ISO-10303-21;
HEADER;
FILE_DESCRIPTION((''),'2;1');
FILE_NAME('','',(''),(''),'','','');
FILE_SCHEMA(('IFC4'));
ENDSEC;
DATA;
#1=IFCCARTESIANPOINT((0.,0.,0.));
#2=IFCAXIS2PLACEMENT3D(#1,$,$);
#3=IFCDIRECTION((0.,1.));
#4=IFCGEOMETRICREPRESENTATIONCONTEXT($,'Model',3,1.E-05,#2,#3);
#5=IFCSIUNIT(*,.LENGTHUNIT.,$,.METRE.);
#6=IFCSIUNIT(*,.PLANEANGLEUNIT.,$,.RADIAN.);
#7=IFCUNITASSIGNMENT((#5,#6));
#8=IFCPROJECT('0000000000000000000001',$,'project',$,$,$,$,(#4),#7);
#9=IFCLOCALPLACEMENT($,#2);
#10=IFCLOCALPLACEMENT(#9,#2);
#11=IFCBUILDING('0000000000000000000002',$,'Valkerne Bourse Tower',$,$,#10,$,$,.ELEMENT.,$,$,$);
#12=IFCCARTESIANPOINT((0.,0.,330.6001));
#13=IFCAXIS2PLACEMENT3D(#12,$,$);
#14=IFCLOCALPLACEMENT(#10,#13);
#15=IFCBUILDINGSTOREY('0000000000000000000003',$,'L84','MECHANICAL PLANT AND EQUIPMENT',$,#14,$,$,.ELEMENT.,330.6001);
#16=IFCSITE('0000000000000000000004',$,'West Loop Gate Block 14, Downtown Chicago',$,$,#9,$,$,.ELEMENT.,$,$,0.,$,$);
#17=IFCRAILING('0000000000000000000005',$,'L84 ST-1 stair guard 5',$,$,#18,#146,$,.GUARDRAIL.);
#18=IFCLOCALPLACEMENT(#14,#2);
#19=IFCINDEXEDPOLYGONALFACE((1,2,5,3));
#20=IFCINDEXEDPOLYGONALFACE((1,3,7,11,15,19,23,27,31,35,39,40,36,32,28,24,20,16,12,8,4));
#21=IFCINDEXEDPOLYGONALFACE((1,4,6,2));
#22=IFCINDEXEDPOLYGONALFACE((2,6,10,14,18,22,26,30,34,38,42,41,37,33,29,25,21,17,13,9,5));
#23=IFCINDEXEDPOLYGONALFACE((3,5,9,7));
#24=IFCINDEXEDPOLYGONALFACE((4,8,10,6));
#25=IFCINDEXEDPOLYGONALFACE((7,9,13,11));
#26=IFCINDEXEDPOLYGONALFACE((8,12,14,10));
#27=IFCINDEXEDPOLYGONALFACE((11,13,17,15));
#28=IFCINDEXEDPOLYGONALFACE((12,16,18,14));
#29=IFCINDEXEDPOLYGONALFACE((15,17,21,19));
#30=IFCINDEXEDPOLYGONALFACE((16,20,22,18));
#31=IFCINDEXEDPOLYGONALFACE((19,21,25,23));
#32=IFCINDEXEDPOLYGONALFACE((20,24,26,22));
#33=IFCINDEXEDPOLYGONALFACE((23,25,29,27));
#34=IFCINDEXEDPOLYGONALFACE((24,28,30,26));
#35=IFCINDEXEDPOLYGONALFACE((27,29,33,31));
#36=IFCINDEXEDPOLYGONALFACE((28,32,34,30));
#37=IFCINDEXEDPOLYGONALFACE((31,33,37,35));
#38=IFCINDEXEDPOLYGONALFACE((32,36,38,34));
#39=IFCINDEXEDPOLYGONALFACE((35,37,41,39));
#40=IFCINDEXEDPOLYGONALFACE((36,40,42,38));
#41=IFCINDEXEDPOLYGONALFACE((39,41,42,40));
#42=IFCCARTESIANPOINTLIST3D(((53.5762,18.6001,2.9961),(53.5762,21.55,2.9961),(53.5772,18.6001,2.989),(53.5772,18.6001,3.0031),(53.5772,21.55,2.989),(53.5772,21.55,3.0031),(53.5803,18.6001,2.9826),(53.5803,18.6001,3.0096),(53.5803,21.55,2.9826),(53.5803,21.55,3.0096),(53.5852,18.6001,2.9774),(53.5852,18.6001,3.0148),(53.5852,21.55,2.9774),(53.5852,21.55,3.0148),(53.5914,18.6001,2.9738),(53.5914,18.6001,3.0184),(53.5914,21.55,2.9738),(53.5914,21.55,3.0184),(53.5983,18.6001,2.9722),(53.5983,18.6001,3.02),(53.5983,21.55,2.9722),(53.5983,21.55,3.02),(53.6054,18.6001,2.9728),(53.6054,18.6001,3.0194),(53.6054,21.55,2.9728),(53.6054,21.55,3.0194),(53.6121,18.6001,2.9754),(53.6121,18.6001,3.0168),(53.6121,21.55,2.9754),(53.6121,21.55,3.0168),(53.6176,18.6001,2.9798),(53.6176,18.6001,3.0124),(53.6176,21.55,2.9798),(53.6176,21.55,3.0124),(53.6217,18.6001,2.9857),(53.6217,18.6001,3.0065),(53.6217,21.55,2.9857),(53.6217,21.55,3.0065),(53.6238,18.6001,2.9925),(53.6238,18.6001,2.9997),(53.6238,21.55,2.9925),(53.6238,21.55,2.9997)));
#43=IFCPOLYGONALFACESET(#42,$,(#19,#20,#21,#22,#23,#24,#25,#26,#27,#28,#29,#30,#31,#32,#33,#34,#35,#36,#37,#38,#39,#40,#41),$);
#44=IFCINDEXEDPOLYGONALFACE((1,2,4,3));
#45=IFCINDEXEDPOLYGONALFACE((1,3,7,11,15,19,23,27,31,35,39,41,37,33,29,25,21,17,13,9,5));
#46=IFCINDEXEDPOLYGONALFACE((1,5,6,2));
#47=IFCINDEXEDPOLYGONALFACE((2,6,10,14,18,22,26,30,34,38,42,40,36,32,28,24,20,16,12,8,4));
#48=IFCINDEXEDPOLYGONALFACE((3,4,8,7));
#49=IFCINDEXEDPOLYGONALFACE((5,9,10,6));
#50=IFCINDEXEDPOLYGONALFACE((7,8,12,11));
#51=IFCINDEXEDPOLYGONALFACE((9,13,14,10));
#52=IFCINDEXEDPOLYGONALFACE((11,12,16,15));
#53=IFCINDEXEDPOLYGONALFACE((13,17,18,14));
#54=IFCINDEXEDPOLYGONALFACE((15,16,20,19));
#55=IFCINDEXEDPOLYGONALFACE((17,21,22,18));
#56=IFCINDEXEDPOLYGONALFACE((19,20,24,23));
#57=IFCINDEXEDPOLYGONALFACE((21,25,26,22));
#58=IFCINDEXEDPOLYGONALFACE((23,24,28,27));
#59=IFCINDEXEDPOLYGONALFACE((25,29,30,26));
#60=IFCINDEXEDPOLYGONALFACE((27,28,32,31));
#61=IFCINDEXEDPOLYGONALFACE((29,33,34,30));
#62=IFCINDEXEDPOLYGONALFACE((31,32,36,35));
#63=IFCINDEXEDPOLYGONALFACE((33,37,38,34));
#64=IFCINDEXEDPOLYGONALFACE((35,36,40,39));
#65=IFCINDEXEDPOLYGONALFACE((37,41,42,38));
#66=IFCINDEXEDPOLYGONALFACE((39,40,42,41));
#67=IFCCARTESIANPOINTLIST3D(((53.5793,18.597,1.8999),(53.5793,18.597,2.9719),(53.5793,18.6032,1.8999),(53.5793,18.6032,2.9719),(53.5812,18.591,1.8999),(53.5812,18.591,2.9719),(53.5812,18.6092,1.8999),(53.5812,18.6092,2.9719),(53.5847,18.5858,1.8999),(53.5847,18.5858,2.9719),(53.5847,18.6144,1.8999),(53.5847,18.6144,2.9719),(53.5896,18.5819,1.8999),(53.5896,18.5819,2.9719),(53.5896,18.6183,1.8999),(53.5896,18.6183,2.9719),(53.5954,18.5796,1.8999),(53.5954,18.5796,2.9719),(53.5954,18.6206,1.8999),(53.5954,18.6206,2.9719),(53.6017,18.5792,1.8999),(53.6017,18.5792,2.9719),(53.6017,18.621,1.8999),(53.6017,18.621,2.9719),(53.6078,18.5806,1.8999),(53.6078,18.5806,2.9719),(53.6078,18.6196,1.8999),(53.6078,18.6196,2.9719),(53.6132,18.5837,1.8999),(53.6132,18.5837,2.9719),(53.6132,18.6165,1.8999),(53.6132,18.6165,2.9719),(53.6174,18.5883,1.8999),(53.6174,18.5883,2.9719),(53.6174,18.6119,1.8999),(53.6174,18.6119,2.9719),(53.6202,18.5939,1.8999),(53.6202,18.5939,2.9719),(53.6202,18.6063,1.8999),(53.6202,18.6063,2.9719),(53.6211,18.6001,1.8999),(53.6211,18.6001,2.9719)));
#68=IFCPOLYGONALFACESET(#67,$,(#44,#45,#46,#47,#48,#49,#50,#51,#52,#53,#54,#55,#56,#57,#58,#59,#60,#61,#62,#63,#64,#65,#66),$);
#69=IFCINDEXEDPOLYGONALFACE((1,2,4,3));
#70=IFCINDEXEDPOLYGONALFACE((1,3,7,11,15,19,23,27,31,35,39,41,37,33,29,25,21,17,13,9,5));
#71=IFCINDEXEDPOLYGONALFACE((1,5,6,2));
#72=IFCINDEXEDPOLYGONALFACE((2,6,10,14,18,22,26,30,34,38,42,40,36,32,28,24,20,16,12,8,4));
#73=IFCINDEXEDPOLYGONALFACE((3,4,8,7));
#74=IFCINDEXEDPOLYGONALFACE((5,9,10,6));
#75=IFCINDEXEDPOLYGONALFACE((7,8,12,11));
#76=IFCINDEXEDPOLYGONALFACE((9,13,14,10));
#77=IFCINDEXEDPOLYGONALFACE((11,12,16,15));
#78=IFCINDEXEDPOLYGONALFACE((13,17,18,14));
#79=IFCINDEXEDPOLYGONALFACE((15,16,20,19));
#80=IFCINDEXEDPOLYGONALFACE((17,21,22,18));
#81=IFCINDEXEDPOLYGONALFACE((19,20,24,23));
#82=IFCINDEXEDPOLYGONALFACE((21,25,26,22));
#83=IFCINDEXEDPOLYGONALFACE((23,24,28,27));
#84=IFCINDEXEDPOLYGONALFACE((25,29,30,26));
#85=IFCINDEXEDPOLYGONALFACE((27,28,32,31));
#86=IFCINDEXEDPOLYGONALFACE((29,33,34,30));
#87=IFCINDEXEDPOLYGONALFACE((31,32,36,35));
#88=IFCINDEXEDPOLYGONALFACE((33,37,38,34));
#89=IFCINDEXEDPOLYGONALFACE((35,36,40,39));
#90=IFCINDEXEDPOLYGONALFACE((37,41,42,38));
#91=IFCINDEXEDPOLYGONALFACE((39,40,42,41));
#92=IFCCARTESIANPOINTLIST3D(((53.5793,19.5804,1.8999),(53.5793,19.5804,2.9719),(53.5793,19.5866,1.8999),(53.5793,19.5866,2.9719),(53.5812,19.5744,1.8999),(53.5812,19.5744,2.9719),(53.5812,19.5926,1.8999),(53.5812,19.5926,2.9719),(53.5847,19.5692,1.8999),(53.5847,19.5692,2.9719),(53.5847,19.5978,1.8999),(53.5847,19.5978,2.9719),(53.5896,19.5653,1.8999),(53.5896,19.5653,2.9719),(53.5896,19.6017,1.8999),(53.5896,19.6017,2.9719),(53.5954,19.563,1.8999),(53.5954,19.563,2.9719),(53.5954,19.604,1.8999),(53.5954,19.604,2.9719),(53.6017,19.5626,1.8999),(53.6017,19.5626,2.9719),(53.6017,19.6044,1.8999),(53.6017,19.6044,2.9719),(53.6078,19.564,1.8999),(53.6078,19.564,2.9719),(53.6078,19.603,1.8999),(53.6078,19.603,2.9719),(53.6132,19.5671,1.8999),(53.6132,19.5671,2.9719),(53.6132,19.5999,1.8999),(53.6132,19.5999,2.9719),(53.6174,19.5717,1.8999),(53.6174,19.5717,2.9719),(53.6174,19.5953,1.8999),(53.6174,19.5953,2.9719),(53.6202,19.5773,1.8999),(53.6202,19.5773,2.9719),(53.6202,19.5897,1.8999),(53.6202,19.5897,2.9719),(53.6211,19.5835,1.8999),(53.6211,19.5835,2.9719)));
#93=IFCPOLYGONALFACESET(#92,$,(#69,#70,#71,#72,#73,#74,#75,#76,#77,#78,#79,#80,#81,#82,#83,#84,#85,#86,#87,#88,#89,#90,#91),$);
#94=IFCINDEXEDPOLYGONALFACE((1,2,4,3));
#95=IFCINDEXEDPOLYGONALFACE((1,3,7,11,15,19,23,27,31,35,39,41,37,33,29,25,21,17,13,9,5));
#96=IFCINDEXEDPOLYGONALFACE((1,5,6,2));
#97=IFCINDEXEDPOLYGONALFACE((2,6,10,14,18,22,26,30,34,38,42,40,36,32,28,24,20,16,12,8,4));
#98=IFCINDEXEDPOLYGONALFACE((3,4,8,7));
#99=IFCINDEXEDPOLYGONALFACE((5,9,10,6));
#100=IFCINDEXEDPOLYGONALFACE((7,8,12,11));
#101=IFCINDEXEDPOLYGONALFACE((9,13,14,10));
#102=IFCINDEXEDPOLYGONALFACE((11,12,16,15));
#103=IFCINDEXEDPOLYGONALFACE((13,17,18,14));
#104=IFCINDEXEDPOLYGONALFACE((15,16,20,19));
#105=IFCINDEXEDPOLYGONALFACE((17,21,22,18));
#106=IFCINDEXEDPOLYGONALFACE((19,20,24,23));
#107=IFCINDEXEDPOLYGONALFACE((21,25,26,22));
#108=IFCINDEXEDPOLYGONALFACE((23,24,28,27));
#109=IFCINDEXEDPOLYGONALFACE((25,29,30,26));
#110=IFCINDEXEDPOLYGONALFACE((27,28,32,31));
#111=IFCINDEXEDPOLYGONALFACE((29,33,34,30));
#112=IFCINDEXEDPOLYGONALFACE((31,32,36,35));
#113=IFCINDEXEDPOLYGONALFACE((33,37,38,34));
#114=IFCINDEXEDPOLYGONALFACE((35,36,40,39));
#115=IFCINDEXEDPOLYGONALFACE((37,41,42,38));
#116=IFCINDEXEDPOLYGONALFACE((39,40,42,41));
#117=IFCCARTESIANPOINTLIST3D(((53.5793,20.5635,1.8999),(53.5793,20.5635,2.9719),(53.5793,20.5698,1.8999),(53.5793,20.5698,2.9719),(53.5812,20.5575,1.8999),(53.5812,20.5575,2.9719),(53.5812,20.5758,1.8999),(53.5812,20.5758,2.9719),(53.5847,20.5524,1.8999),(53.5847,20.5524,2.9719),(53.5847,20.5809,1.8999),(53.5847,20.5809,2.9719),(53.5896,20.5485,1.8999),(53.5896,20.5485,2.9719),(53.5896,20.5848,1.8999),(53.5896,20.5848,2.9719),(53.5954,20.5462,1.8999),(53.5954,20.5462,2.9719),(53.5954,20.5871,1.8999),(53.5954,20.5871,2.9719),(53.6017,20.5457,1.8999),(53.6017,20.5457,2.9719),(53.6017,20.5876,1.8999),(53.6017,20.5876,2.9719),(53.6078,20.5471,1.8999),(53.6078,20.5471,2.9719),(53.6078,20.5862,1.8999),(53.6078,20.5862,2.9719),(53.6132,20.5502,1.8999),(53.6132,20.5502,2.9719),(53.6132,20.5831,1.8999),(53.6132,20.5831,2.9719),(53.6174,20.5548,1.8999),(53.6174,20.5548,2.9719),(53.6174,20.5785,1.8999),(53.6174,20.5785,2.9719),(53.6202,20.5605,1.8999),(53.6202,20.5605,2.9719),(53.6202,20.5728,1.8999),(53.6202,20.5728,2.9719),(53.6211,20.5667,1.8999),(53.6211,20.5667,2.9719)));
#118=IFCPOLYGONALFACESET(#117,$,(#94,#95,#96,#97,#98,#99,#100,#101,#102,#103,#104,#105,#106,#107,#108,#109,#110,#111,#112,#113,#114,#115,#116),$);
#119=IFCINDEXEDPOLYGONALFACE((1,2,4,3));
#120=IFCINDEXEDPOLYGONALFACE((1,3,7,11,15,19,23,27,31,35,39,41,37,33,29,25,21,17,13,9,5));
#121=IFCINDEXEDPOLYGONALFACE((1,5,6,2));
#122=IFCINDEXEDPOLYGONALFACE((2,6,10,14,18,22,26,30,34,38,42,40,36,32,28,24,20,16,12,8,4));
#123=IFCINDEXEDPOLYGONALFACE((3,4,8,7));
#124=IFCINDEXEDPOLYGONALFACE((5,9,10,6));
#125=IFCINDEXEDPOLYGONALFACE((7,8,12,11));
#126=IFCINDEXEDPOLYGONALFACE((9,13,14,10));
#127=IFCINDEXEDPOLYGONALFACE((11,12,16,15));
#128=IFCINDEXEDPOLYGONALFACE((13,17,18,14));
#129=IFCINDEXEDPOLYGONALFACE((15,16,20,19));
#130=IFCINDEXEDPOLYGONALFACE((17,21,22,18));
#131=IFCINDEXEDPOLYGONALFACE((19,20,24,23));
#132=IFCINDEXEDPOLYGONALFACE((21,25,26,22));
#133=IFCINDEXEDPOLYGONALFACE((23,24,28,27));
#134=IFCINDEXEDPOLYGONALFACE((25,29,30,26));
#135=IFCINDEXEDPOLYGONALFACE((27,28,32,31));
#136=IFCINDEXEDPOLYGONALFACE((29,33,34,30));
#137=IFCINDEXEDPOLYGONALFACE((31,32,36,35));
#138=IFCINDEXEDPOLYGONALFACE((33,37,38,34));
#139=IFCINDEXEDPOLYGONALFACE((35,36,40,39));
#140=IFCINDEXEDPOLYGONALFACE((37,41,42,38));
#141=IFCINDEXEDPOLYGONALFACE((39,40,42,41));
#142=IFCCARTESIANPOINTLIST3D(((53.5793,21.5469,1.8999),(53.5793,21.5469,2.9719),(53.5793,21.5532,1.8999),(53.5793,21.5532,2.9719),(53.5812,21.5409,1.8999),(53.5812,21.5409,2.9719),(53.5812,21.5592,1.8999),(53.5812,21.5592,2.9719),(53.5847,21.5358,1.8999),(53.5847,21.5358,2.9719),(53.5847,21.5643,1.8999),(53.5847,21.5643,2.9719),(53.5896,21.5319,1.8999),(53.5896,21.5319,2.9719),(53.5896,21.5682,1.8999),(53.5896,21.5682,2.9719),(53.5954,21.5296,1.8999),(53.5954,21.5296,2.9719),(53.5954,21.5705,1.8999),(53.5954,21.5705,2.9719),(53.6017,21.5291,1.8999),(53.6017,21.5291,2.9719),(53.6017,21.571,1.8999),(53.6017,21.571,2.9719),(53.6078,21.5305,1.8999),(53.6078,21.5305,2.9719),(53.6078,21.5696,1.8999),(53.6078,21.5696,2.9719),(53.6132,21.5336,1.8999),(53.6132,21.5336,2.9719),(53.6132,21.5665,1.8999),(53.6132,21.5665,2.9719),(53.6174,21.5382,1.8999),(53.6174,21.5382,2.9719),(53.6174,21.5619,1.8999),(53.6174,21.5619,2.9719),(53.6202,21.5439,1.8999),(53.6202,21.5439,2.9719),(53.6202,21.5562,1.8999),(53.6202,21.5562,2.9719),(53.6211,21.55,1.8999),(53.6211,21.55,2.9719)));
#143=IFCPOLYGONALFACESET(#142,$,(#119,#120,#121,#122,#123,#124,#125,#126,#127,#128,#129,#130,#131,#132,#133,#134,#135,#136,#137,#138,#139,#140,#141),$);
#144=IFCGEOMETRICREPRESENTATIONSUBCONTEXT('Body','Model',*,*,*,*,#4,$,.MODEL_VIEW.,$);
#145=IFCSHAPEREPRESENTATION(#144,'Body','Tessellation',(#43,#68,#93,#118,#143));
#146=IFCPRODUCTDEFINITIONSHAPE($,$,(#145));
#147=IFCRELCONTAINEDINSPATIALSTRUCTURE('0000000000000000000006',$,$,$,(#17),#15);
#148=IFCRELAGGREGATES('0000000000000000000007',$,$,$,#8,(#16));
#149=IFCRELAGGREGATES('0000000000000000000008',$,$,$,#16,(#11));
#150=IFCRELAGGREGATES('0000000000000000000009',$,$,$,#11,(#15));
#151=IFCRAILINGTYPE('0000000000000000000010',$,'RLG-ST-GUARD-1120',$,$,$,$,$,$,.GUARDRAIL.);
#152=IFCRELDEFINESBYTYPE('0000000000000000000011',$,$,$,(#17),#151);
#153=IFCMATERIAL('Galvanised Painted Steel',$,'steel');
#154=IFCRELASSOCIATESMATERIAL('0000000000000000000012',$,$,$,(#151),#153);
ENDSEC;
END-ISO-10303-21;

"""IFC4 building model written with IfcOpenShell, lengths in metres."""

from ifc_helpers import new_model, si_unit, direction, frame, origin, origin_2d, place, context, subcontext, project, spatial, circle, extrude, material, type_object, element, save


model = new_model("IFC4")

# Units and contexts
model_context = context("Model", 3, precision=1e-05, world=origin(), true_north=direction((0.0, 1.0)))
body_context = subcontext(model_context, "Body", "Model", "MODEL_VIEW")
ifc_project = project(units=[si_unit("LENGTHUNIT", "METRE"), si_unit("PLANEANGLEUNIT", "RADIAN")], contexts=[model_context])

# Site, building, storey
site_placement = place(None, origin())
site = spatial("IfcSite", under=ifc_project, at=site_placement, Name="West Loop Gate Block 14, Downtown Chicago", CompositionType="ELEMENT", RefElevation=0.0)
building_placement = place(site_placement, origin())
building = spatial("IfcBuilding", under=site, at=building_placement, Name="Valkerne Bourse Tower", CompositionType="ELEMENT")
storey_placement = place(building_placement, frame((0.0, 0.0, 330.6001)))
storey = spatial("IfcBuildingStorey", under=building, at=storey_placement, Name="L84", Description="MECHANICAL PLANT AND EQUIPMENT", CompositionType="ELEMENT", Elevation=330.6001)

# Shared definitions
ifc_material_1 = material(Name="Galvanised Painted Steel", Category="steel")

# Railing
railing_type_1 = type_object("IfcRailingType", Name="RLG-ST-GUARD-1120", PredefinedType="GUARDRAIL", material=ifc_material_1)
railing_1_placement = place(storey_placement, frame((53.6001, 18.6001, 1.8999)))
element("IfcRailing", 1, at=railing_1_placement, inside=storey, type_object=railing_type_1, Name="L84 ST-1 stair guard 5", PredefinedType="GUARDRAIL", context=body_context, shape_type="SweptSolid", body=[
    extrude(circle(Radius=0.0239, at=origin_2d()), frame((0.0, 0.0, 1.0962), z_axis=(0.0, 1.0, 0.0), x_axis=(-1.0, 0.0, 0.0)), (0.0, 0.0, 1.0), 2.95),
    extrude(circle(Radius=0.021, at=origin_2d()), origin(), (0.0, 0.0, 1.0), 1.072),
    extrude(circle(Radius=0.021, at=origin_2d()), frame((0.0, 0.9834, 0.0)), (0.0, 0.0, 1.0), 1.072),
    extrude(circle(Radius=0.021, at=origin_2d()), frame((0.0, 1.9666, 0.0)), (0.0, 0.0, 1.0), 1.072),
    extrude(circle(Radius=0.021, at=origin_2d()), frame((0.0, 2.95, 0.0)), (0.0, 0.0, 1.0), 1.072),
])

save(model, "model.ifc")
